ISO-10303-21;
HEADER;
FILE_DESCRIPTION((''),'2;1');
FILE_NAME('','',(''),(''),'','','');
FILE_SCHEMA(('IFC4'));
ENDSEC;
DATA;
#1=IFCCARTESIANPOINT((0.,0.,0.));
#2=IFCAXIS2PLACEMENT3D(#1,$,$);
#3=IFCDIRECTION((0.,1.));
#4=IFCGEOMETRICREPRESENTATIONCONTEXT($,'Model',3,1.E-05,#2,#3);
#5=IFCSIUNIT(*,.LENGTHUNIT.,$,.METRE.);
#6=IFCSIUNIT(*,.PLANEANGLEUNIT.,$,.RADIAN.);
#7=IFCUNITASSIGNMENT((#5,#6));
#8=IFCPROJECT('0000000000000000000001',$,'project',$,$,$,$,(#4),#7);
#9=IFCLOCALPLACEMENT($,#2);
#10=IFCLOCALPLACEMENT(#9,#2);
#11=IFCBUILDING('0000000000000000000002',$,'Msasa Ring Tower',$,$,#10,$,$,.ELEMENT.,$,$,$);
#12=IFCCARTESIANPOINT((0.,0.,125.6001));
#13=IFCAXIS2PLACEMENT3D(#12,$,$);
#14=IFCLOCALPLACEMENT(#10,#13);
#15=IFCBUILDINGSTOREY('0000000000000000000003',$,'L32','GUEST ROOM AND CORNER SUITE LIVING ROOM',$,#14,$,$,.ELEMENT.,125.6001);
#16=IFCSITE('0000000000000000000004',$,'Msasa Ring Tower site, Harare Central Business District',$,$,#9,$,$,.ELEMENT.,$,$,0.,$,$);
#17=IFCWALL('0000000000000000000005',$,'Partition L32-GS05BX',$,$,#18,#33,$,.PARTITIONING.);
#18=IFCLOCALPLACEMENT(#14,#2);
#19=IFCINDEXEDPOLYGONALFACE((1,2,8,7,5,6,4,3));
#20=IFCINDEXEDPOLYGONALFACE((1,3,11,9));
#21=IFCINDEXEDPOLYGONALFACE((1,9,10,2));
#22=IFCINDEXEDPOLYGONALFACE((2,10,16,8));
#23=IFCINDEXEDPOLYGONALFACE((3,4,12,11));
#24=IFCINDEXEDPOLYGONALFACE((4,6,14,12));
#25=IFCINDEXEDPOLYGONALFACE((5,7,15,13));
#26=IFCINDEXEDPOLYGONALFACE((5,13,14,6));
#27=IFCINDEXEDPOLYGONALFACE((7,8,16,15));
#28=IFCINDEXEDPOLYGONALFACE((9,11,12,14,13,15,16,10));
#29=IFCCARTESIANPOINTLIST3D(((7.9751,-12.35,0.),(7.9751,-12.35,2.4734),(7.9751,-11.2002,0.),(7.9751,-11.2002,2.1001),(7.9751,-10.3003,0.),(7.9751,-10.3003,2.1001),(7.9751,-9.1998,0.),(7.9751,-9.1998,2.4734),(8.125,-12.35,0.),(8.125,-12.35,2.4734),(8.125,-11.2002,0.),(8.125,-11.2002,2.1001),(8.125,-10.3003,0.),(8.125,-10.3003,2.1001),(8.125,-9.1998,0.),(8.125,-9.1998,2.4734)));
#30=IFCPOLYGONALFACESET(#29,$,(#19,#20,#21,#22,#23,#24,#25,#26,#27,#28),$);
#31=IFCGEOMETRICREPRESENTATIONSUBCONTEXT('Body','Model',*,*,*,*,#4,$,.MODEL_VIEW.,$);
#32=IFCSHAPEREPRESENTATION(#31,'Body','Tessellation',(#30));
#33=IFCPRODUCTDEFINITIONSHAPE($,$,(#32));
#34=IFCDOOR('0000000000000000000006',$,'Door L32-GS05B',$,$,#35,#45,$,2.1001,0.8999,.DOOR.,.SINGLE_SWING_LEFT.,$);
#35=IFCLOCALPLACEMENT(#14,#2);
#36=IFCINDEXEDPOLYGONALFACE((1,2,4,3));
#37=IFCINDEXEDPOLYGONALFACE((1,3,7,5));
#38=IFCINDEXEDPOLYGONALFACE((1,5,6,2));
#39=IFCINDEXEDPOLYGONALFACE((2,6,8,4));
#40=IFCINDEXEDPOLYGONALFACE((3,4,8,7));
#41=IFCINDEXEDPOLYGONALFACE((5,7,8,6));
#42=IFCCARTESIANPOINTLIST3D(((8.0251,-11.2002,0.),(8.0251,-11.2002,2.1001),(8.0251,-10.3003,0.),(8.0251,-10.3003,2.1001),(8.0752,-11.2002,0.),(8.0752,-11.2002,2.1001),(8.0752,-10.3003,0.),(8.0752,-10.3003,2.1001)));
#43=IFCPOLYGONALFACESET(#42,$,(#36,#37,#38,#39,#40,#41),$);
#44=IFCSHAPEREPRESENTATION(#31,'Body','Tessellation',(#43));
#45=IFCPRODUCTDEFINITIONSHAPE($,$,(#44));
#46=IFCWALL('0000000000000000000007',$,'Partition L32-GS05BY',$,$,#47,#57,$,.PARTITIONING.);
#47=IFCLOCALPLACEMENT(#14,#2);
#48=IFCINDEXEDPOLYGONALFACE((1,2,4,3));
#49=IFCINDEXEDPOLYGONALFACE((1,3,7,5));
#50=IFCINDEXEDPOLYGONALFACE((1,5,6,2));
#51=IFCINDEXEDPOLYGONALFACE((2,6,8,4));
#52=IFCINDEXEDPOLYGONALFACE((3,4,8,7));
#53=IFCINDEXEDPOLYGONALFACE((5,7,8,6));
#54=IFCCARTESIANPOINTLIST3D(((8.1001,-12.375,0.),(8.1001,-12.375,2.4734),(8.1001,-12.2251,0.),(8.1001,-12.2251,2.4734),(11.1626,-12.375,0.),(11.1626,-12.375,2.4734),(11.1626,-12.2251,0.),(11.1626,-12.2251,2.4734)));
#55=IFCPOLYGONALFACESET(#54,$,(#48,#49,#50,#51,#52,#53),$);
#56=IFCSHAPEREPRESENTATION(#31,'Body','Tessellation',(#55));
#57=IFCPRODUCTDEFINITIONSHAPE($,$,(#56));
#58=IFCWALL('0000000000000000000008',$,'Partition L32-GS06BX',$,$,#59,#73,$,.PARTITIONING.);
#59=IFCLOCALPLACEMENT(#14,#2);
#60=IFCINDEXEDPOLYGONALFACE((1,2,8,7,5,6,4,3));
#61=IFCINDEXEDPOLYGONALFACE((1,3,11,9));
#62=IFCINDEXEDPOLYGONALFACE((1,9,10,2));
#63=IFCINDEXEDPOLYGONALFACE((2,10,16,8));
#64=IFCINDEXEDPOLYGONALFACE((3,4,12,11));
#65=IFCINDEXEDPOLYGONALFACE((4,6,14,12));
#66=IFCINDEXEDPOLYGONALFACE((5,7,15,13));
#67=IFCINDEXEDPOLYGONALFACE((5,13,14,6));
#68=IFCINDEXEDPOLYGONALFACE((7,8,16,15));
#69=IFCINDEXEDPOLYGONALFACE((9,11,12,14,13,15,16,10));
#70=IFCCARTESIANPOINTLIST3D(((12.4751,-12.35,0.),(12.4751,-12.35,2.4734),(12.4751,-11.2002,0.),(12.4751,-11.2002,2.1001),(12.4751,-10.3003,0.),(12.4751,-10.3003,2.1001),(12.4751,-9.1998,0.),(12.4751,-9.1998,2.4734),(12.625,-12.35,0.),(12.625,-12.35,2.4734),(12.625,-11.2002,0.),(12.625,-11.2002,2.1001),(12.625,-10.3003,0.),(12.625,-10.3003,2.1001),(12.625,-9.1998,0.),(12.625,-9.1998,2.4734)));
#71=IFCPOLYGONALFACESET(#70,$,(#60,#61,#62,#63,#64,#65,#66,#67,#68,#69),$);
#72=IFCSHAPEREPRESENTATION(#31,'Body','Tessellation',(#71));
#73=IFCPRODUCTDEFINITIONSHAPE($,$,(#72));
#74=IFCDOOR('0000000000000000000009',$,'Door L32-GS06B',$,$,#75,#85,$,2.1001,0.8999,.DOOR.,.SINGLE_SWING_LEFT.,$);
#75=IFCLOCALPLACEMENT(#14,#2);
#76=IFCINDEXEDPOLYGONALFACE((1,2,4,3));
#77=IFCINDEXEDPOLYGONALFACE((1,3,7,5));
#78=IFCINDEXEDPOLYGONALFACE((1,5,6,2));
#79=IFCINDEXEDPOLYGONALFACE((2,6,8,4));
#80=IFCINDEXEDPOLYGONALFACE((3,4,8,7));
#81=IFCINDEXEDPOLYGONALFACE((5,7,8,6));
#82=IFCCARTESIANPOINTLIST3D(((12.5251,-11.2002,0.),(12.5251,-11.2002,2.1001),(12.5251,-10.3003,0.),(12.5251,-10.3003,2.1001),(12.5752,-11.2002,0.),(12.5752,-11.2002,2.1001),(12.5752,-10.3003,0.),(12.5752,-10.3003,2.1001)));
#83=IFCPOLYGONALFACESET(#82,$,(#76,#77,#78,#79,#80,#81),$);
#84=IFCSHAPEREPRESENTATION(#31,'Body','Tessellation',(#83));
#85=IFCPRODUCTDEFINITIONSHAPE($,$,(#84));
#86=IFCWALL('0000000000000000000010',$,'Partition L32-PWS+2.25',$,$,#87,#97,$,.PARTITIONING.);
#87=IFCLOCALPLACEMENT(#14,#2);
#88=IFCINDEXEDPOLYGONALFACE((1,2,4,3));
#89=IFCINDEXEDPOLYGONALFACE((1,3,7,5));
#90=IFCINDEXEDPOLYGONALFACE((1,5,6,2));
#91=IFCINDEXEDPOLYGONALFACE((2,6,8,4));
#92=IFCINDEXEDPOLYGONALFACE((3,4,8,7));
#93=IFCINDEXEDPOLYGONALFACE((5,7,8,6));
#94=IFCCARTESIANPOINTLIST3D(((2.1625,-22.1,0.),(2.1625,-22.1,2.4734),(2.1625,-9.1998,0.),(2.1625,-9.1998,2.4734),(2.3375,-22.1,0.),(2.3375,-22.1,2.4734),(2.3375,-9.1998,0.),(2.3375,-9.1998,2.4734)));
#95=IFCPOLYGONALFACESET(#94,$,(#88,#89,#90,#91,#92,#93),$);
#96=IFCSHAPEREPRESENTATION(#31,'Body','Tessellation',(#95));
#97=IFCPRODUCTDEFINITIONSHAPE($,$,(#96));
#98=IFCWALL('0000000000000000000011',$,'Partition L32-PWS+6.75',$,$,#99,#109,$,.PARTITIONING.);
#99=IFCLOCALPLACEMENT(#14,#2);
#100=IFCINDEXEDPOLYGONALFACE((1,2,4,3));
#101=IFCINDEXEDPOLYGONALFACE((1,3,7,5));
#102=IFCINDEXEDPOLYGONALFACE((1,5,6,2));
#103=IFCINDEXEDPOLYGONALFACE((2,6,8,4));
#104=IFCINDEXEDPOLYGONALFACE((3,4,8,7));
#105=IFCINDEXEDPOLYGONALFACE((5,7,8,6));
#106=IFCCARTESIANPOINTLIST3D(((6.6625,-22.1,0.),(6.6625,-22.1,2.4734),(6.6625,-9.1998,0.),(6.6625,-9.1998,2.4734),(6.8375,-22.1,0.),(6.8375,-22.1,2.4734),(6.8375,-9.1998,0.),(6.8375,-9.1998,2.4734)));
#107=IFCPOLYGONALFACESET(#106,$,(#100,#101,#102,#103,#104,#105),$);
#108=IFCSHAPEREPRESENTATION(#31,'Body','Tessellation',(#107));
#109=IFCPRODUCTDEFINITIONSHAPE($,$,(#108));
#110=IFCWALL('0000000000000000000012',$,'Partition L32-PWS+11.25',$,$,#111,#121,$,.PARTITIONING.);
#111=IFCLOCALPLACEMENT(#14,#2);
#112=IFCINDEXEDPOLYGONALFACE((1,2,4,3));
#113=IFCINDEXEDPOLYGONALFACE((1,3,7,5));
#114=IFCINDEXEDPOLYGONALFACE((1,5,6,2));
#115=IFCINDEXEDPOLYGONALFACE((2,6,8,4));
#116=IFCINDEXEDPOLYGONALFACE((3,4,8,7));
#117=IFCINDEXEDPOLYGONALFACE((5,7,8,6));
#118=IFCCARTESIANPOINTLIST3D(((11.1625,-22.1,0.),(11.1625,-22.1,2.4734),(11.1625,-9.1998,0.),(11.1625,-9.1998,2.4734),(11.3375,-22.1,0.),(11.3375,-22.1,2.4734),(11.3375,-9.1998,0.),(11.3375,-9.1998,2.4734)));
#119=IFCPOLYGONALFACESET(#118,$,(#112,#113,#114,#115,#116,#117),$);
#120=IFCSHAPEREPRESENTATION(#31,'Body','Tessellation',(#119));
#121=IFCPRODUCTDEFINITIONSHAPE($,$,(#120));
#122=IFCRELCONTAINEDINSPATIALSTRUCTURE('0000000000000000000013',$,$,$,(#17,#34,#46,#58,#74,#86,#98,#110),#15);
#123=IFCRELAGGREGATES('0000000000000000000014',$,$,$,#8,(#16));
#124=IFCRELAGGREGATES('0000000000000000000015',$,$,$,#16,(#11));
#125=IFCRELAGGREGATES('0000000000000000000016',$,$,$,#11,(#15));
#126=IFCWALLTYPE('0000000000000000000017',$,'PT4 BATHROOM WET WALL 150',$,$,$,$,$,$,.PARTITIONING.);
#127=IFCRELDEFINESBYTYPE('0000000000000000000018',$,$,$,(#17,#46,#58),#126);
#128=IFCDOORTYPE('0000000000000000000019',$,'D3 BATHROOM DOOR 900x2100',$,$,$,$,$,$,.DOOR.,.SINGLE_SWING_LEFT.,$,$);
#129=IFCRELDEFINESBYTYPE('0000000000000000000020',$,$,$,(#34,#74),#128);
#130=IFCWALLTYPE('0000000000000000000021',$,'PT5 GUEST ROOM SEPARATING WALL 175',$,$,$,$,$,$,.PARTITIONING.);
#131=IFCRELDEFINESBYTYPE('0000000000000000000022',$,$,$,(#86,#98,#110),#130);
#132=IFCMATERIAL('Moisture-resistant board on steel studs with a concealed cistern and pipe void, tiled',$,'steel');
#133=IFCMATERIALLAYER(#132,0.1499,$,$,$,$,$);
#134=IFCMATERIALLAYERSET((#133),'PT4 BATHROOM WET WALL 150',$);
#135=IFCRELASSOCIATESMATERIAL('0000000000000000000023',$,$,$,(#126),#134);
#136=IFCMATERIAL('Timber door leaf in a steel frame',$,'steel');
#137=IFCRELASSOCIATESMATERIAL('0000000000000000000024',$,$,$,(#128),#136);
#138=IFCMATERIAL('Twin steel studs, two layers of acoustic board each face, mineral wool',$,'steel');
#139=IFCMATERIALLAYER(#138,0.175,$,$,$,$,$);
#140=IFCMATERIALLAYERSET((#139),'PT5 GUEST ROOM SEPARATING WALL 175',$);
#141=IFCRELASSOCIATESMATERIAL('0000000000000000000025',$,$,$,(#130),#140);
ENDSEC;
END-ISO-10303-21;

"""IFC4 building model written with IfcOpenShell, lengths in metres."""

from ifc_helpers import new_model, si_unit, direction, frame, frame_2d, origin, place, context, subcontext, project, spatial, rectangle, extrude, material, layer, layer_set, type_object, element, fill, save


model = new_model("IFC4")

# Units and contexts
model_context = context("Model", 3, precision=1e-05, world=origin(), true_north=direction((0.0, 1.0)))
body_context = subcontext(model_context, "Body", "Model", "MODEL_VIEW")
ifc_project = project(units=[si_unit("LENGTHUNIT", "METRE"), si_unit("PLANEANGLEUNIT", "RADIAN")], contexts=[model_context])

# Site, building, storey
site_placement = place(None, origin())
site = spatial("IfcSite", under=ifc_project, at=site_placement, Name="Msasa Ring Tower site, Harare Central Business District", CompositionType="ELEMENT", RefElevation=0.0)
building_placement = place(site_placement, origin())
building = spatial("IfcBuilding", under=site, at=building_placement, Name="Msasa Ring Tower", CompositionType="ELEMENT")
storey_placement = place(building_placement, frame((0.0, 0.0, 125.6001)))
storey = spatial("IfcBuildingStorey", under=building, at=storey_placement, Name="L32", Description="GUEST ROOM AND CORNER SUITE LIVING ROOM", CompositionType="ELEMENT", Elevation=125.6001)

# Shared definitions
ifc_material_1 = material(Name="Moisture-resistant board on steel studs with a concealed cistern and pipe void, tiled", Category="steel")
ifc_layer_1 = layer(ifc_material_1, 0.1499)
ifc_layer_set_1 = layer_set([ifc_layer_1], Name="PT4 BATHROOM WET WALL 150")
wall_type_1 = type_object("IfcWallType", Name="PT4 BATHROOM WET WALL 150", PredefinedType="PARTITIONING", material=ifc_layer_set_1)
ifc_material_2 = material(Name="Timber door leaf in a steel frame", Category="steel")
door_type = type_object("IfcDoorType", Name="D3 BATHROOM DOOR 900x2100", OperationType="SINGLE_SWING_LEFT", PredefinedType="DOOR", material=ifc_material_2)

# Wall, opening, door
wall_1_placement = place(storey_placement, frame((8.05, -12.3501, 0.0), z_axis=(0.0, 0.0, 1.0), x_axis=(0.0, 1.0, 0.0)))
wall_1 = element("IfcWall", 1, at=wall_1_placement, inside=storey, type_object=wall_type_1, Name="Partition L32-GS05BX", PredefinedType="PARTITIONING", context=body_context, shape_type="SweptSolid", body=[
    extrude(rectangle(XDim=3.1501, YDim=0.1499, at=frame_2d((1.5752, 0.0))), origin(), (0.0, 0.0, 1.0), 2.4734),
])
opening_1_placement = place(wall_1_placement, frame((1.1499, 0.0, 0.0)))
opening_1 = element("IfcOpeningElement", 2, at=opening_1_placement, cuts=wall_1, PredefinedType="OPENING", context=body_context, shape_type="SweptSolid", body=[
    extrude(rectangle(XDim=0.8999, YDim=2.1001, at=frame_2d((0.45, 1.05))), frame((0.0, 0.085, 0.0), z_axis=(0.0, -1.0, 0.0), x_axis=(1.0, 0.0, 0.0)), (0.0, 0.0, 1.0), 0.1699),
])
door_1_placement = place(opening_1_placement, origin())
door_1 = element("IfcDoor", 3, at=door_1_placement, inside=storey, type_object=door_type, Name="Door L32-GS05B", OperationType="SINGLE_SWING_LEFT", OverallHeight=2.1001, OverallWidth=0.8999, PredefinedType="DOOR", context=body_context, shape_type="SweptSolid", body=[
    extrude(rectangle(XDim=0.8999, YDim=2.1001, at=frame_2d((0.45, 1.05))), frame((0.0, 0.0249, 0.0), z_axis=(0.0, -1.0, 0.0), x_axis=(1.0, 0.0, 0.0)), (0.0, 0.0, 1.0), 0.05),
])
fill(opening_1, door_1)

# Wall
wall_2_placement = place(storey_placement, frame((8.1001, -12.3, 0.0), z_axis=(0.0, 0.0, 1.0), x_axis=(1.0, 0.0, 0.0)))
element("IfcWall", 4, at=wall_2_placement, inside=storey, type_object=wall_type_1, Name="Partition L32-GS05BY", PredefinedType="PARTITIONING", context=body_context, shape_type="SweptSolid", body=[
    extrude(rectangle(XDim=3.0625, YDim=0.1499, at=frame_2d((1.5312, 0.0))), origin(), (0.0, 0.0, 1.0), 2.4734),
])

# Wall, opening, door
wall_3_placement = place(storey_placement, frame((12.55, -12.3501, 0.0), z_axis=(0.0, 0.0, 1.0), x_axis=(0.0, 1.0, 0.0)))
wall_3 = element("IfcWall", 5, at=wall_3_placement, inside=storey, type_object=wall_type_1, Name="Partition L32-GS06BX", PredefinedType="PARTITIONING", context=body_context, shape_type="SweptSolid", body=[
    extrude(rectangle(XDim=3.1501, YDim=0.1499, at=frame_2d((1.5752, 0.0))), origin(), (0.0, 0.0, 1.0), 2.4734),
])
opening_2_placement = place(wall_3_placement, frame((1.1499, 0.0, 0.0)))
opening_2 = element("IfcOpeningElement", 6, at=opening_2_placement, cuts=wall_3, PredefinedType="OPENING", context=body_context, shape_type="SweptSolid", body=[
    extrude(rectangle(XDim=0.8999, YDim=2.1001, at=frame_2d((0.45, 1.05))), frame((0.0, 0.085, 0.0), z_axis=(0.0, -1.0, 0.0), x_axis=(1.0, 0.0, 0.0)), (0.0, 0.0, 1.0), 0.1699),
])
door_2_placement = place(opening_2_placement, origin())
door_2 = element("IfcDoor", 7, at=door_2_placement, inside=storey, type_object=door_type, Name="Door L32-GS06B", OperationType="SINGLE_SWING_LEFT", OverallHeight=2.1001, OverallWidth=0.8999, PredefinedType="DOOR", context=body_context, shape_type="SweptSolid", body=[
    extrude(rectangle(XDim=0.8999, YDim=2.1001, at=frame_2d((0.45, 1.05))), frame((0.0, 0.0249, 0.0), z_axis=(0.0, -1.0, 0.0), x_axis=(1.0, 0.0, 0.0)), (0.0, 0.0, 1.0), 0.05),
])
fill(opening_2, door_2)

# Walls
ifc_material_3 = material(Name="Twin steel studs, two layers of acoustic board each face, mineral wool", Category="steel")
ifc_layer_2 = layer(ifc_material_3, 0.175)
ifc_layer_set_2 = layer_set([ifc_layer_2], Name="PT5 GUEST ROOM SEPARATING WALL 175")
wall_type_2 = type_object("IfcWallType", Name="PT5 GUEST ROOM SEPARATING WALL 175", PredefinedType="PARTITIONING", material=ifc_layer_set_2)
for number, where, z_axis, x_axis, name in (
    (8, (2.25, -22.1001, 0.0), (0.0, 0.0, 1.0), (0.0, 1.0, 0.0), "Partition L32-PWS+2.25"),
    (9, (6.75, -22.1001, 0.0), (0.0, 0.0, 1.0), (0.0, 1.0, 0.0), "Partition L32-PWS+6.75"),
    (10, (11.25, -22.1001, 0.0), (0.0, 0.0, 1.0), (0.0, 1.0, 0.0), "Partition L32-PWS+11.25"),
):
    element("IfcWall", number, at=place(storey_placement, frame(where, z_axis=z_axis, x_axis=x_axis)), inside=storey, type_object=wall_type_2, Name=name, PredefinedType="PARTITIONING", context=body_context, shape_type="SweptSolid", body=[
        extrude(rectangle(XDim=12.9001, YDim=0.175, at=frame_2d((6.4502, 0.0))), origin(), (0.0, 0.0, 1.0), 2.4734),
    ])

save(model, "model.ifc")
